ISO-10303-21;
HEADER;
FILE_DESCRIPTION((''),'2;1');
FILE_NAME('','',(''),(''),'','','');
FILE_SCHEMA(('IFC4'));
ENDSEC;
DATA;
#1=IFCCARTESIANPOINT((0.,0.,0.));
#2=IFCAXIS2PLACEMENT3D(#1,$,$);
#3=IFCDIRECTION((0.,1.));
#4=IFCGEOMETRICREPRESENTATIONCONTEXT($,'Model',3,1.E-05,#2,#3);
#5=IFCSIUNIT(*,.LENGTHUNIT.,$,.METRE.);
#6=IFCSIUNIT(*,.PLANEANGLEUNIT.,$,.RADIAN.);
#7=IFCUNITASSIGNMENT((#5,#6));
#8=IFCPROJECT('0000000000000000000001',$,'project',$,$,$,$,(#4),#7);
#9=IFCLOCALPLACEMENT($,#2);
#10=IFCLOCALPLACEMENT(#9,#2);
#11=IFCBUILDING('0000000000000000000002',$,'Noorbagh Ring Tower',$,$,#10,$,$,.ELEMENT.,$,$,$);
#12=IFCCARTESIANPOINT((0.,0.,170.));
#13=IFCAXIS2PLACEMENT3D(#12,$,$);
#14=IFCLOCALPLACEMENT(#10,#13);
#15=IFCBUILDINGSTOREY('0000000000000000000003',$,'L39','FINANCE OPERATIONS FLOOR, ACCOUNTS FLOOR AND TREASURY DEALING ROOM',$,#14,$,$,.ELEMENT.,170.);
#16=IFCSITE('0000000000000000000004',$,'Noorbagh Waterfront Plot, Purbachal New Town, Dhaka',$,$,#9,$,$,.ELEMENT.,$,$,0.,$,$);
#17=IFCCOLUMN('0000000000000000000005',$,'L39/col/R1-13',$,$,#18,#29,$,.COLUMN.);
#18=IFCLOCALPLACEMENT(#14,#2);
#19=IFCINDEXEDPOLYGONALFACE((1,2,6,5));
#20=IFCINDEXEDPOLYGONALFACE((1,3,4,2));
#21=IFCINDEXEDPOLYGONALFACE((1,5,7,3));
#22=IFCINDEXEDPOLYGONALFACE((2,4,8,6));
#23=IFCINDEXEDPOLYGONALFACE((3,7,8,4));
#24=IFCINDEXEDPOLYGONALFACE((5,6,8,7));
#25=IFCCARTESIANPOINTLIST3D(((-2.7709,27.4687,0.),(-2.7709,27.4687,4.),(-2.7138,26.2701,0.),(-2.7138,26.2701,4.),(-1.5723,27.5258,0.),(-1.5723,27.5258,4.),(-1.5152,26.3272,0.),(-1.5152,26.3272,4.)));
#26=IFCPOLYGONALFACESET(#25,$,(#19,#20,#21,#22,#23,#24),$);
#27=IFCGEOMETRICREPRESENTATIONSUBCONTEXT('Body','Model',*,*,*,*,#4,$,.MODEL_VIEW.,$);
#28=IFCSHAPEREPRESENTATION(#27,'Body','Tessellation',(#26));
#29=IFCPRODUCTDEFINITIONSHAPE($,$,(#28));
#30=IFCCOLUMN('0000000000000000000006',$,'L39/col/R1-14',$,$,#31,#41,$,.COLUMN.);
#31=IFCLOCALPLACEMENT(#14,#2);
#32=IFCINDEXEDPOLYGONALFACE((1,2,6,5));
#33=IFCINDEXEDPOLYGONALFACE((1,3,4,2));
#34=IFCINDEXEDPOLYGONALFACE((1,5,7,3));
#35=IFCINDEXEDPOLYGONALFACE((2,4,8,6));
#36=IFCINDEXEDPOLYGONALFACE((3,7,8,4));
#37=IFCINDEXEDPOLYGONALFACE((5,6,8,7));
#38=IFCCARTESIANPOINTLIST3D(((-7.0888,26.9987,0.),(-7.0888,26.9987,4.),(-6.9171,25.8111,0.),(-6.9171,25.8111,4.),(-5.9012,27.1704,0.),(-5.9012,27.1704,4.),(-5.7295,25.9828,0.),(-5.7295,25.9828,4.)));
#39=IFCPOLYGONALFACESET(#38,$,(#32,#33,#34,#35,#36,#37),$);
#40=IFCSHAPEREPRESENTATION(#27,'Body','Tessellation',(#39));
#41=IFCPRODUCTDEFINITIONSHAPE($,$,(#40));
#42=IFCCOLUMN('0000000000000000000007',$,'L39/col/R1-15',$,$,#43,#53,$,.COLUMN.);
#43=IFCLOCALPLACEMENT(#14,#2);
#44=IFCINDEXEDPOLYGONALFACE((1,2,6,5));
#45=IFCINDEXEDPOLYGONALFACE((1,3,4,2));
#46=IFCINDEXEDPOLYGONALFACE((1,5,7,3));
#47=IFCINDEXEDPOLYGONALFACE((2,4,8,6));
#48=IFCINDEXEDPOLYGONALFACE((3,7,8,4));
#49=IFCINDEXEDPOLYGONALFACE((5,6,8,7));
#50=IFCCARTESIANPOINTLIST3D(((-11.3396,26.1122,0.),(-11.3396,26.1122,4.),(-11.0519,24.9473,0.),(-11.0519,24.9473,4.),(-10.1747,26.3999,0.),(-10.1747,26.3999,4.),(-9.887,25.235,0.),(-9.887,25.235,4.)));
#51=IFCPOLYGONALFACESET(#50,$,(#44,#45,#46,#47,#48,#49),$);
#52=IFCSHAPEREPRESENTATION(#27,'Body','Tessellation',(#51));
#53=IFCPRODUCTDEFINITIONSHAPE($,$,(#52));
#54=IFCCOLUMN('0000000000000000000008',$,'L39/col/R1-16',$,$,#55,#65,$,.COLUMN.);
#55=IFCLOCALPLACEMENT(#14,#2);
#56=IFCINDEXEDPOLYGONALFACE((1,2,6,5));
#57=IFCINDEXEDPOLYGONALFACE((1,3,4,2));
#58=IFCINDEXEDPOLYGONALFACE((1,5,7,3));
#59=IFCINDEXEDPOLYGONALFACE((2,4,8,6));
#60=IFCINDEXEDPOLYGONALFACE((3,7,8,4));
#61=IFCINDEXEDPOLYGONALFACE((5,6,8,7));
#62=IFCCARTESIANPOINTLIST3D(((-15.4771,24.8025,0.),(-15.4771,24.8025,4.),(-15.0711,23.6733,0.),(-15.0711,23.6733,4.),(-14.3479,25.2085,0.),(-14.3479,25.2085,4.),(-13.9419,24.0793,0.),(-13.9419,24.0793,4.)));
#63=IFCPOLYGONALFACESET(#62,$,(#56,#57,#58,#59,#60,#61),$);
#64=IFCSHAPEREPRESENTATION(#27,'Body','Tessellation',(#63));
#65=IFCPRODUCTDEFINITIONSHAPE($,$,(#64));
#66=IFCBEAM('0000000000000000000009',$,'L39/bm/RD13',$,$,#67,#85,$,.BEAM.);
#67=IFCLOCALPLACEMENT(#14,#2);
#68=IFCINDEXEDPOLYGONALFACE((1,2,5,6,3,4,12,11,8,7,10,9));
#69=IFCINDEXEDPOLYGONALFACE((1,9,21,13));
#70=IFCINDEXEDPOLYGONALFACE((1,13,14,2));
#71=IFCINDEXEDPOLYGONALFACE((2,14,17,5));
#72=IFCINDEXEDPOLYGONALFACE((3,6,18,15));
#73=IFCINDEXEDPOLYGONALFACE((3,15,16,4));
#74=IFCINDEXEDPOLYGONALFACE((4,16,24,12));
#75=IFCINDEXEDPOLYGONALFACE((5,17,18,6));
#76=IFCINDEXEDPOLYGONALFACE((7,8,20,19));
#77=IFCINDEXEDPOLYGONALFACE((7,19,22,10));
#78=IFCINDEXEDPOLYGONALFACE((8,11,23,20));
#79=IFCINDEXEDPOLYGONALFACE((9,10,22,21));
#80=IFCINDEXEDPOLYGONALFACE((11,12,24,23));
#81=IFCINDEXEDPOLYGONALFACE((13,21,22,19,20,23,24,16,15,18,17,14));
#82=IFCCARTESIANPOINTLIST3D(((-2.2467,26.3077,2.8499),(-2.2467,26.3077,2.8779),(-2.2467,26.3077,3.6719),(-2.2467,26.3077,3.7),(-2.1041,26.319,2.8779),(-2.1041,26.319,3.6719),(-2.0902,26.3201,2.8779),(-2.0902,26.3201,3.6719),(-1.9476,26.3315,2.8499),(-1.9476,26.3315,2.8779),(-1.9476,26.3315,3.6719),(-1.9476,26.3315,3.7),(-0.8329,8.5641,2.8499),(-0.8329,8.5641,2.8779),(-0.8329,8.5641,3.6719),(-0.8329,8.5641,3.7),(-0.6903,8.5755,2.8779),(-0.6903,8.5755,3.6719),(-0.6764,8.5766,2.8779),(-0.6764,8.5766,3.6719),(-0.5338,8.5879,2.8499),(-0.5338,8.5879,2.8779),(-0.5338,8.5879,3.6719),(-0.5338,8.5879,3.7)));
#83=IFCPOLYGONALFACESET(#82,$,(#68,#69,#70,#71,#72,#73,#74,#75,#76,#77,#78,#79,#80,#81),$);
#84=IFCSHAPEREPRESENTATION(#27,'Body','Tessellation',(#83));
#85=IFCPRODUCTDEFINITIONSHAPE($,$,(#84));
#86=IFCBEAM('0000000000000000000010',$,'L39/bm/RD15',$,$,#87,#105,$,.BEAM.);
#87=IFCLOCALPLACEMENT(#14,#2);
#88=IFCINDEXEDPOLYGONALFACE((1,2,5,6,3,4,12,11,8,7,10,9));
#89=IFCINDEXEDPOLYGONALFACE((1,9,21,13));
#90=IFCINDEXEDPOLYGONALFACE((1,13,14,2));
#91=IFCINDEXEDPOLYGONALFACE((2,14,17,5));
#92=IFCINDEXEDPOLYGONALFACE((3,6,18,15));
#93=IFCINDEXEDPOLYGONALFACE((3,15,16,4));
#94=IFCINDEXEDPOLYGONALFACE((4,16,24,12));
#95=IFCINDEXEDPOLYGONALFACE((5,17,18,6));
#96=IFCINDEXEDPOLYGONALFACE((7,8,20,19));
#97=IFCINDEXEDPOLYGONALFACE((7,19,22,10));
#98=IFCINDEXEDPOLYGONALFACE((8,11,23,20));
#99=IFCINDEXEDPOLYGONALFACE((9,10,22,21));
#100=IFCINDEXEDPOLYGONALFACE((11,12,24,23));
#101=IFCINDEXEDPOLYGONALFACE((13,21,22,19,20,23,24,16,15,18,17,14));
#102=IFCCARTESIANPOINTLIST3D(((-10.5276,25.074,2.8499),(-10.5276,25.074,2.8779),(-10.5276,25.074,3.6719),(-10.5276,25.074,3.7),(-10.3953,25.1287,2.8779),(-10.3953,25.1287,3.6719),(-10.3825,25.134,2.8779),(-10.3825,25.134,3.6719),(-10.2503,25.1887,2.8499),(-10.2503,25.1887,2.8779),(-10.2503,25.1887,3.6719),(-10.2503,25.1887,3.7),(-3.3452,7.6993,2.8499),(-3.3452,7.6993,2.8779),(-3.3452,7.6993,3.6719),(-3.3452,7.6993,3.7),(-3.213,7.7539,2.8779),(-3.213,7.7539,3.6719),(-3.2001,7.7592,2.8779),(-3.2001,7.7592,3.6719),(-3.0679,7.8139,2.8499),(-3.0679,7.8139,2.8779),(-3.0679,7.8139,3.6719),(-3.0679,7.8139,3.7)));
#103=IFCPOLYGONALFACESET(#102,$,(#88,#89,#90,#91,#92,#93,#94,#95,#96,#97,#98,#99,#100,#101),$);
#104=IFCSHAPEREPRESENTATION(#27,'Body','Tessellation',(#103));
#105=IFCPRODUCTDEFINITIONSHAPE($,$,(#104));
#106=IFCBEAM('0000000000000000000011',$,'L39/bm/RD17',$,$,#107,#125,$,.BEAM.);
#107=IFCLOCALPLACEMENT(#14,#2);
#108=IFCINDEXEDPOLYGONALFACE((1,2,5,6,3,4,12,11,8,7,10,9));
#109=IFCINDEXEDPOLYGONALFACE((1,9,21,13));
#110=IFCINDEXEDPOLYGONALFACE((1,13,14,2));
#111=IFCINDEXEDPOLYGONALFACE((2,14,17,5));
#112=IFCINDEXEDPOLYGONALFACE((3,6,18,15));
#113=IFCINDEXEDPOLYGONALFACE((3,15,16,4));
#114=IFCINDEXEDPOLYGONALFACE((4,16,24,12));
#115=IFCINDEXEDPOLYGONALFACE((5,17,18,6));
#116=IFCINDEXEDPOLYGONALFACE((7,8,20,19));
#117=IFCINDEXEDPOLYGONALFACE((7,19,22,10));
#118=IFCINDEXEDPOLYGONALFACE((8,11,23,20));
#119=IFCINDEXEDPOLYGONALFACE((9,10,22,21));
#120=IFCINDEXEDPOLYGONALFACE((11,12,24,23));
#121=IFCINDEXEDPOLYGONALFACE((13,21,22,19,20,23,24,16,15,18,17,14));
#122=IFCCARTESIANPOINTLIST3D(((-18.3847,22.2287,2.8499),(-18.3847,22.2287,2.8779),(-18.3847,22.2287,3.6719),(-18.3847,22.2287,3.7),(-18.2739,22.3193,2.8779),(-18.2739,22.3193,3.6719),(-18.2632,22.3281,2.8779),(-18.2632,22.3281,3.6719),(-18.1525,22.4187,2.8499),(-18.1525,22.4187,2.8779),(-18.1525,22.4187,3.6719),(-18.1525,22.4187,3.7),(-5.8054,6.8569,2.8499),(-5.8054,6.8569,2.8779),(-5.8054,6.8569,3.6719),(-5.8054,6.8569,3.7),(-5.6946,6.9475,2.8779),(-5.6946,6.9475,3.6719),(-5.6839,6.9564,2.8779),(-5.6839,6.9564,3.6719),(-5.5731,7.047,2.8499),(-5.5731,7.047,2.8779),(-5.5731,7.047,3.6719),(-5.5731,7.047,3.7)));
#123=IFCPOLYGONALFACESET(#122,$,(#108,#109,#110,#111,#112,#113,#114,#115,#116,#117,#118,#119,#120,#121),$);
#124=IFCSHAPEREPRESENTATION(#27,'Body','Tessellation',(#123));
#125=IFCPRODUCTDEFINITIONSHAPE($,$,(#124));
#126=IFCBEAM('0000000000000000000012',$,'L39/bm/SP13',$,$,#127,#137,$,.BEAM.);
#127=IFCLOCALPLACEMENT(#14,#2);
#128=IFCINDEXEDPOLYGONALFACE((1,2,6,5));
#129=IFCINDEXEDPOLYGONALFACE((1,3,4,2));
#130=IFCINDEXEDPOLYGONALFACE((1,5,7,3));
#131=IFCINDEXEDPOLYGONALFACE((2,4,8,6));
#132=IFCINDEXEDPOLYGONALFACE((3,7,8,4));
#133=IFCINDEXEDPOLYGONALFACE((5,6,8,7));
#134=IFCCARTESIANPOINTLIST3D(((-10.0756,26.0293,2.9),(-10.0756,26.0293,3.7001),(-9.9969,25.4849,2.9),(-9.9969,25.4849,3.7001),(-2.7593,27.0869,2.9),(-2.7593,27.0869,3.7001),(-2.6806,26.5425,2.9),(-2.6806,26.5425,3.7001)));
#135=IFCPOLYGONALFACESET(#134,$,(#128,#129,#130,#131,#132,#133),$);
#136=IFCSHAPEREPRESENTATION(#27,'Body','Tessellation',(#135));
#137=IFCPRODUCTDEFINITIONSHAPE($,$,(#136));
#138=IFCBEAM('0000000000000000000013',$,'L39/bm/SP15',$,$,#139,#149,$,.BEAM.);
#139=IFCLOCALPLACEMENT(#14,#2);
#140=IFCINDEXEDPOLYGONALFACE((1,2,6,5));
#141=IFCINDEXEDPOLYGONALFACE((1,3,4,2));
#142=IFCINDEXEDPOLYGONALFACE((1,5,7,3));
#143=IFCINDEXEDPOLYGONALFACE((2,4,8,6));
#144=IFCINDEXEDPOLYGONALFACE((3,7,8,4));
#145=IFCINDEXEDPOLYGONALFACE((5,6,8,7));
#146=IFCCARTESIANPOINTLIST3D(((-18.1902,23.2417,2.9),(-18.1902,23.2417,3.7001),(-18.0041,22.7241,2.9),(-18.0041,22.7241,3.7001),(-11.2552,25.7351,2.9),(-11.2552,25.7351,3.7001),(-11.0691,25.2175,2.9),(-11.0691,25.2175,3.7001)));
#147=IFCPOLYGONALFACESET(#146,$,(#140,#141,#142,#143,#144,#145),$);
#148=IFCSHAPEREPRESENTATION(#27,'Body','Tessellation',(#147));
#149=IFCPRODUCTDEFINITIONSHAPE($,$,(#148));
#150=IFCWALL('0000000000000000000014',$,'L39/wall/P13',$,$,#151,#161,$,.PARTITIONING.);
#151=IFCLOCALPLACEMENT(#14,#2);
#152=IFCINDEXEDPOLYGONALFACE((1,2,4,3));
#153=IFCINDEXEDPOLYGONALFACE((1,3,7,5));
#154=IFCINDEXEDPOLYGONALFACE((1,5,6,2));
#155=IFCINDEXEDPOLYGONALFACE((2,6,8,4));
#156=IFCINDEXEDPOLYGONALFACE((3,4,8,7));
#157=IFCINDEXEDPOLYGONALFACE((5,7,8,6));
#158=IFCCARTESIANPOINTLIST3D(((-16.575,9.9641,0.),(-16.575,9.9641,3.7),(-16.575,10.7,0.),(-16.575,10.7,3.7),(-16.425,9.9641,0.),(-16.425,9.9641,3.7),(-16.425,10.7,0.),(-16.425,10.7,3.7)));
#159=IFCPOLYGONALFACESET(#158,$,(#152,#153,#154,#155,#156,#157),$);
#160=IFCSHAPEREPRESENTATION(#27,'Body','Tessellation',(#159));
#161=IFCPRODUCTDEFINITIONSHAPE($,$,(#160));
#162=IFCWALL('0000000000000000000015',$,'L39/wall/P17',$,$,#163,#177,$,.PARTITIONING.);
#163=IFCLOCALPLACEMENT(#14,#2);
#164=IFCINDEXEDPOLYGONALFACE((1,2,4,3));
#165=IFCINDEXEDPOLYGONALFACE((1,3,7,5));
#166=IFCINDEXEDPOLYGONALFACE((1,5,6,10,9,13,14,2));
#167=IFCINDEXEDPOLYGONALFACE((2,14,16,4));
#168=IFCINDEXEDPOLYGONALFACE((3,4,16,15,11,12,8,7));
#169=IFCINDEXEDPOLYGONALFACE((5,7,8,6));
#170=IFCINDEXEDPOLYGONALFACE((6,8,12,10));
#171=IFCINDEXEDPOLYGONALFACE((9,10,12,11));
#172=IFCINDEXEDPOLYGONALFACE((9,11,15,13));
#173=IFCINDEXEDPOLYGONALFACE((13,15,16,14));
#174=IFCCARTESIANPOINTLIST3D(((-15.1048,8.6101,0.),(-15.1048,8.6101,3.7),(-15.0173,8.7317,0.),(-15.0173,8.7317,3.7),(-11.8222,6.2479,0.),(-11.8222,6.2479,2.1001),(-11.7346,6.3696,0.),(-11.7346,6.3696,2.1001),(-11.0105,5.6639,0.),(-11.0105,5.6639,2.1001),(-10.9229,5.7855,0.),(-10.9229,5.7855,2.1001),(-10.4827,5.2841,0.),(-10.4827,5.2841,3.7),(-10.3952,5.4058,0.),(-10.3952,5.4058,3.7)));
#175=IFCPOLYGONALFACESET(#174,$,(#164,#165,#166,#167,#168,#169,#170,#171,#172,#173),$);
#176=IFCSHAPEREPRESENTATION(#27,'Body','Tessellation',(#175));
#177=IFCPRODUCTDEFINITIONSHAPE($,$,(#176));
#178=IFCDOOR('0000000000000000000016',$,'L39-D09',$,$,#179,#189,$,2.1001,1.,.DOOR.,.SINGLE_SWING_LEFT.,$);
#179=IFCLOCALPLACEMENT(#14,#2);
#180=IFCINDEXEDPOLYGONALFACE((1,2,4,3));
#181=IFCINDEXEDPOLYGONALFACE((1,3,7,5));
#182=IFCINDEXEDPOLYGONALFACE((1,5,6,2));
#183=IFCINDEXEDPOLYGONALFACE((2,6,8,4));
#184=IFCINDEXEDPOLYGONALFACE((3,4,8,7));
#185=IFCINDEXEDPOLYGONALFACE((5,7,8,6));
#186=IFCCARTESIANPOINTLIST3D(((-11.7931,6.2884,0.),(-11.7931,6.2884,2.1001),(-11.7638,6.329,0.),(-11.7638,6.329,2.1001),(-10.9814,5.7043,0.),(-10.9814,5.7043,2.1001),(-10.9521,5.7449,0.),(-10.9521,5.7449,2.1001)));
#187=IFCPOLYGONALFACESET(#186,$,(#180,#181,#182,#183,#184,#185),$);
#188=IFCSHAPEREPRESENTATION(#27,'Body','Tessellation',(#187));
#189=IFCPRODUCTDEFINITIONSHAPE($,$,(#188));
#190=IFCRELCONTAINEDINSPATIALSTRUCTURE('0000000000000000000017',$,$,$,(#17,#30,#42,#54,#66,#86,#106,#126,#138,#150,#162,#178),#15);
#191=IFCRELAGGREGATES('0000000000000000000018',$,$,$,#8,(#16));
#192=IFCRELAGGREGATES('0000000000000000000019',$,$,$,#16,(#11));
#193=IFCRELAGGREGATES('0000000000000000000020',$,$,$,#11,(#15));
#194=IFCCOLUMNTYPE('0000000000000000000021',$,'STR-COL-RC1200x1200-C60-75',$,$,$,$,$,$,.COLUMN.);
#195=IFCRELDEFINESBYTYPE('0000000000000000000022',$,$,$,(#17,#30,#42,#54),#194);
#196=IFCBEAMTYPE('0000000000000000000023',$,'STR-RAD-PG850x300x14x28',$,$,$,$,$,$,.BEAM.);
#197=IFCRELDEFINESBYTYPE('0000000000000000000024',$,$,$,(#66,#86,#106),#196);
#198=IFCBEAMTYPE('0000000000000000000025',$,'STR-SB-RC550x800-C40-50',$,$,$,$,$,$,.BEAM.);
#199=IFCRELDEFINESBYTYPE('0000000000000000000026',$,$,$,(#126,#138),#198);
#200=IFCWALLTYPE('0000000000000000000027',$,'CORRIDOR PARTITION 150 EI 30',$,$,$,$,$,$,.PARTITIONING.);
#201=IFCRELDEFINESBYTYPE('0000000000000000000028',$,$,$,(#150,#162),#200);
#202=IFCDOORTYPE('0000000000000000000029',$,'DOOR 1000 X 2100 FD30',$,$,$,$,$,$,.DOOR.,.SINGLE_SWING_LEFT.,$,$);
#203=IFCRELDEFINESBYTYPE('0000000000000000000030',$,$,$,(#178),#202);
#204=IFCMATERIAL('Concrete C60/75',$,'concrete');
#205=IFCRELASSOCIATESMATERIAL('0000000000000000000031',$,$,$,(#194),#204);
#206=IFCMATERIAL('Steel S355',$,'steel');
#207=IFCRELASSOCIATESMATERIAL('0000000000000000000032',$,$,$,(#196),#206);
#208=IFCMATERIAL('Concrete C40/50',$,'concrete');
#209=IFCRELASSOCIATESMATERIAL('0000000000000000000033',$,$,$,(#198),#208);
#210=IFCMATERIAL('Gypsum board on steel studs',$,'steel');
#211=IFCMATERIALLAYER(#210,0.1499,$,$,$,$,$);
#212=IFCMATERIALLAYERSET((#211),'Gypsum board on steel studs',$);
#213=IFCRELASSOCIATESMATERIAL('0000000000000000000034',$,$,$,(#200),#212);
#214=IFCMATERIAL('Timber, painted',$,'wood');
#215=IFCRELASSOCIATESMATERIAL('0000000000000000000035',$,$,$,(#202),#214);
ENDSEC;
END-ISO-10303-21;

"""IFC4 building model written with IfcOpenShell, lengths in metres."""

from ifc_helpers import new_model, si_unit, direction, frame, frame_2d, origin, origin_2d, place, context, subcontext, project, spatial, rectangle, i_section, extrude, material, layer, layer_set, material_profile, profile_set, type_object, element, fill, save


model = new_model("IFC4")

# Units and contexts
model_context = context("Model", 3, precision=1e-05, world=origin(), true_north=direction((0.0, 1.0)))
body_context = subcontext(model_context, "Body", "Model", "MODEL_VIEW")
ifc_project = project(units=[si_unit("LENGTHUNIT", "METRE"), si_unit("PLANEANGLEUNIT", "RADIAN")], contexts=[model_context])

# Site, building, storey
site_placement = place(None, origin())
site = spatial("IfcSite", under=ifc_project, at=site_placement, Name="Noorbagh Waterfront Plot, Purbachal New Town, Dhaka", CompositionType="ELEMENT", RefElevation=0.0)
building_placement = place(site_placement, origin())
building = spatial("IfcBuilding", under=site, at=building_placement, Name="Noorbagh Ring Tower", CompositionType="ELEMENT")
storey_placement = place(building_placement, frame((0.0, 0.0, 170.0)))
storey = spatial("IfcBuildingStorey", under=building, at=storey_placement, Name="L39", Description="FINANCE OPERATIONS FLOOR, ACCOUNTS FLOOR AND TREASURY DEALING ROOM", CompositionType="ELEMENT", Elevation=170.0)

# Columns
ifc_material_1 = material(Name="Concrete C60/75", Category="concrete")
ifc_material_profile_1 = material_profile(ifc_material_1, rectangle(XDim=1.2, YDim=1.2, at=origin_2d()), Name="RC1200x1200")
ifc_profile_set_1 = profile_set([ifc_material_profile_1], Name="Concrete C60/75")
column_type = type_object("IfcColumnType", Name="STR-COL-RC1200x1200-C60-75", PredefinedType="COLUMN", material=ifc_profile_set_1)
for number, where, z_axis, x_axis, name in (
    (1, (-2.1431, 26.8979, 0.0), (0.0, 0.0, 1.0), (-0.998869, -0.047553, 0.0), "L39/col/R1-13"),
    (2, (-6.4092, 26.4907, 0.0), (0.0, 0.0, 1.0), (-0.989713, -0.143066, 0.0), "L39/col/R1-14"),
    (3, (-10.6133, 25.6736, 0.0), (0.0, 0.0, 1.0), (-0.970829, -0.239771, 0.0), "L39/col/R1-15"),
    (4, (-14.7095, 24.4409, 0.0), (0.0, 0.0, 1.0), (-0.941025, -0.338338, 0.0), "L39/col/R1-16"),
):
    element("IfcColumn", number, at=place(storey_placement, frame(where, z_axis=z_axis, x_axis=x_axis)), inside=storey, type_object=column_type, Name=name, PredefinedType="COLUMN", context=body_context, shape_type="SweptSolid", body=[
        extrude(rectangle(XDim=1.2, YDim=1.2, at=origin_2d()), origin(), (0.0, 0.0, 1.0), 4.0),
    ])

# Beams
ifc_material_2 = material(Name="Steel S355", Category="steel")
ifc_material_profile_2 = material_profile(ifc_material_2, i_section(OverallWidth=0.3, OverallDepth=0.8501, WebThickness=0.0139, FlangeThickness=0.0281, at=origin_2d()), Name="PG850x300x14x28")
ifc_profile_set_2 = profile_set([ifc_material_profile_2], Name="Steel S355")
beam_type_1 = type_object("IfcBeamType", Name="STR-RAD-PG850x300x14x28", PredefinedType="BEAM", material=ifc_profile_set_2)
beam_1_placement = place(storey_placement, frame((-2.0972, 26.3196, 3.2749), z_axis=(0.079428, -0.996841, 0.0), x_axis=(0.996841, 0.079428, 0.0)))
element("IfcBeam", 5, at=beam_1_placement, inside=storey, type_object=beam_type_1, Name="L39/bm/RD13", PredefinedType="BEAM", context=body_context, shape_type="SweptSolid", body=[
    extrude(i_section(OverallWidth=0.3, OverallDepth=0.8501, WebThickness=0.0139, FlangeThickness=0.0281, at=origin_2d()), origin(), (0.0, 0.0, 1.0), 17.7998),
])
beam_2_placement = place(storey_placement, frame((-10.3889, 25.1313, 3.2749), z_axis=(0.382026, -0.924152, 0.0), x_axis=(0.924152, 0.382026, 0.0)))
element("IfcBeam", 6, at=beam_2_placement, inside=storey, type_object=beam_type_1, Name="L39/bm/RD15", PredefinedType="BEAM", context=body_context, shape_type="SweptSolid", body=[
    extrude(i_section(OverallWidth=0.3, OverallDepth=0.8501, WebThickness=0.0139, FlangeThickness=0.0281, at=origin_2d()), origin(), (0.0, 0.0, 1.0), 18.8008),
])
beam_3_placement = place(storey_placement, frame((-18.2686, 22.3237, 3.2749), z_axis=(0.63331, -0.773898, 0.0), x_axis=(0.773898, 0.63331, 0.0)))
element("IfcBeam", 7, at=beam_3_placement, inside=storey, type_object=beam_type_1, Name="L39/bm/RD17", PredefinedType="BEAM", context=body_context, shape_type="SweptSolid", body=[
    extrude(i_section(OverallWidth=0.3, OverallDepth=0.8501, WebThickness=0.0139, FlangeThickness=0.0281, at=origin_2d()), origin(), (0.0, 0.0, 1.0), 19.8628),
])
ifc_material_3 = material(Name="Concrete C40/50", Category="concrete")
ifc_material_profile_3 = material_profile(ifc_material_3, rectangle(XDim=0.55, YDim=0.8, at=origin_2d()), Name="RC550x800")
ifc_profile_set_3 = profile_set([ifc_material_profile_3], Name="Concrete C40/50")
beam_type_2 = type_object("IfcBeamType", Name="STR-SB-RC550x800-C40-50", PredefinedType="BEAM", material=ifc_profile_set_3)
beam_4_placement = place(storey_placement, frame((-2.72, 26.8147, 3.3), z_axis=(-0.989713, -0.143067, 0.0), x_axis=(0.143067, -0.989713, 0.0)))
element("IfcBeam", 8, at=beam_4_placement, inside=storey, type_object=beam_type_2, Name="L39/bm/SP13", PredefinedType="BEAM", context=body_context, shape_type="SweptSolid", body=[
    extrude(rectangle(XDim=0.55, YDim=0.8, at=origin_2d()), origin(), (0.0, 0.0, 1.0), 7.3923),
])
beam_5_placement = place(storey_placement, frame((-11.1621, 25.4763, 3.3), z_axis=(-0.941026, -0.338333, 0.0), x_axis=(0.338333, -0.941026, 0.0)))
element("IfcBeam", 9, at=beam_5_placement, inside=storey, type_object=beam_type_2, Name="L39/bm/SP15", PredefinedType="BEAM", context=body_context, shape_type="SweptSolid", body=[
    extrude(rectangle(XDim=0.55, YDim=0.8, at=origin_2d()), origin(), (0.0, 0.0, 1.0), 7.3696),
])

# Wall
ifc_material_4 = material(Name="Gypsum board on steel studs", Category="steel")
ifc_layer_1 = layer(ifc_material_4, 0.1499)
ifc_layer_set_1 = layer_set([ifc_layer_1], Name="Gypsum board on steel studs")
wall_type_1 = type_object("IfcWallType", Name="CORRIDOR PARTITION 150 EI 30", PredefinedType="PARTITIONING", material=ifc_layer_set_1)
wall_1_placement = place(storey_placement, frame((-16.5, 9.9641, 0.0), z_axis=(0.0, 0.0, 1.0), x_axis=(0.0, 1.0, 0.0)))
element("IfcWall", 10, at=wall_1_placement, inside=storey, type_object=wall_type_1, Name="L39/wall/P13", PredefinedType="PARTITIONING", context=body_context, shape_type="SweptSolid", body=[
    extrude(rectangle(XDim=0.7358, YDim=0.1499, at=frame_2d((0.3679, 0.0))), origin(), (0.0, 0.0, 1.0), 3.7),
])

# Wall, opening, door
wall_2_placement = place(storey_placement, frame((-15.061, 8.6709, 0.0), z_axis=(0.0, 0.0, 1.0), x_axis=(0.811698, -0.584078, 0.0)))
wall_2 = element("IfcWall", 11, at=wall_2_placement, inside=storey, type_object=wall_type_1, Name="L39/wall/P17", PredefinedType="PARTITIONING", context=body_context, shape_type="SweptSolid", body=[
    extrude(rectangle(XDim=5.6943, YDim=0.1499, at=frame_2d((2.8472, 0.0))), origin(), (0.0, 0.0, 1.0), 3.7),
])
opening_1_placement = place(wall_2_placement, frame((4.0442, 0.0, 0.0)))
opening_1 = element("IfcOpeningElement", 12, at=opening_1_placement, cuts=wall_2, PredefinedType="OPENING", context=body_context, shape_type="SweptSolid", body=[
    extrude(rectangle(XDim=1.0, YDim=2.1001, at=frame_2d((0.5, 1.05))), frame((0.0, 0.085, 0.0), z_axis=(0.0, -1.0, 0.0), x_axis=(1.0, 0.0, 0.0)), (0.0, 0.0, 1.0), 0.1699),
])
ifc_material_5 = material(Name="Timber, painted", Category="wood")
door_type_1 = type_object("IfcDoorType", Name="DOOR 1000 X 2100 FD30", OperationType="SINGLE_SWING_LEFT", PredefinedType="DOOR", material=ifc_material_5)
door_1_placement = place(opening_1_placement, origin())
door_1 = element("IfcDoor", 13, at=door_1_placement, inside=storey, type_object=door_type_1, Name="L39-D09", OperationType="SINGLE_SWING_LEFT", OverallHeight=2.1001, OverallWidth=1.0, PredefinedType="DOOR", context=body_context, shape_type="SweptSolid", body=[
    extrude(rectangle(XDim=1.0, YDim=2.1001, at=frame_2d((0.5, 1.05))), frame((0.0, 0.0249, 0.0), z_axis=(0.0, -1.0, 0.0), x_axis=(1.0, 0.0, 0.0)), (0.0, 0.0, 1.0), 0.05),
])
fill(opening_1, door_1)

save(model, "model.ifc")
